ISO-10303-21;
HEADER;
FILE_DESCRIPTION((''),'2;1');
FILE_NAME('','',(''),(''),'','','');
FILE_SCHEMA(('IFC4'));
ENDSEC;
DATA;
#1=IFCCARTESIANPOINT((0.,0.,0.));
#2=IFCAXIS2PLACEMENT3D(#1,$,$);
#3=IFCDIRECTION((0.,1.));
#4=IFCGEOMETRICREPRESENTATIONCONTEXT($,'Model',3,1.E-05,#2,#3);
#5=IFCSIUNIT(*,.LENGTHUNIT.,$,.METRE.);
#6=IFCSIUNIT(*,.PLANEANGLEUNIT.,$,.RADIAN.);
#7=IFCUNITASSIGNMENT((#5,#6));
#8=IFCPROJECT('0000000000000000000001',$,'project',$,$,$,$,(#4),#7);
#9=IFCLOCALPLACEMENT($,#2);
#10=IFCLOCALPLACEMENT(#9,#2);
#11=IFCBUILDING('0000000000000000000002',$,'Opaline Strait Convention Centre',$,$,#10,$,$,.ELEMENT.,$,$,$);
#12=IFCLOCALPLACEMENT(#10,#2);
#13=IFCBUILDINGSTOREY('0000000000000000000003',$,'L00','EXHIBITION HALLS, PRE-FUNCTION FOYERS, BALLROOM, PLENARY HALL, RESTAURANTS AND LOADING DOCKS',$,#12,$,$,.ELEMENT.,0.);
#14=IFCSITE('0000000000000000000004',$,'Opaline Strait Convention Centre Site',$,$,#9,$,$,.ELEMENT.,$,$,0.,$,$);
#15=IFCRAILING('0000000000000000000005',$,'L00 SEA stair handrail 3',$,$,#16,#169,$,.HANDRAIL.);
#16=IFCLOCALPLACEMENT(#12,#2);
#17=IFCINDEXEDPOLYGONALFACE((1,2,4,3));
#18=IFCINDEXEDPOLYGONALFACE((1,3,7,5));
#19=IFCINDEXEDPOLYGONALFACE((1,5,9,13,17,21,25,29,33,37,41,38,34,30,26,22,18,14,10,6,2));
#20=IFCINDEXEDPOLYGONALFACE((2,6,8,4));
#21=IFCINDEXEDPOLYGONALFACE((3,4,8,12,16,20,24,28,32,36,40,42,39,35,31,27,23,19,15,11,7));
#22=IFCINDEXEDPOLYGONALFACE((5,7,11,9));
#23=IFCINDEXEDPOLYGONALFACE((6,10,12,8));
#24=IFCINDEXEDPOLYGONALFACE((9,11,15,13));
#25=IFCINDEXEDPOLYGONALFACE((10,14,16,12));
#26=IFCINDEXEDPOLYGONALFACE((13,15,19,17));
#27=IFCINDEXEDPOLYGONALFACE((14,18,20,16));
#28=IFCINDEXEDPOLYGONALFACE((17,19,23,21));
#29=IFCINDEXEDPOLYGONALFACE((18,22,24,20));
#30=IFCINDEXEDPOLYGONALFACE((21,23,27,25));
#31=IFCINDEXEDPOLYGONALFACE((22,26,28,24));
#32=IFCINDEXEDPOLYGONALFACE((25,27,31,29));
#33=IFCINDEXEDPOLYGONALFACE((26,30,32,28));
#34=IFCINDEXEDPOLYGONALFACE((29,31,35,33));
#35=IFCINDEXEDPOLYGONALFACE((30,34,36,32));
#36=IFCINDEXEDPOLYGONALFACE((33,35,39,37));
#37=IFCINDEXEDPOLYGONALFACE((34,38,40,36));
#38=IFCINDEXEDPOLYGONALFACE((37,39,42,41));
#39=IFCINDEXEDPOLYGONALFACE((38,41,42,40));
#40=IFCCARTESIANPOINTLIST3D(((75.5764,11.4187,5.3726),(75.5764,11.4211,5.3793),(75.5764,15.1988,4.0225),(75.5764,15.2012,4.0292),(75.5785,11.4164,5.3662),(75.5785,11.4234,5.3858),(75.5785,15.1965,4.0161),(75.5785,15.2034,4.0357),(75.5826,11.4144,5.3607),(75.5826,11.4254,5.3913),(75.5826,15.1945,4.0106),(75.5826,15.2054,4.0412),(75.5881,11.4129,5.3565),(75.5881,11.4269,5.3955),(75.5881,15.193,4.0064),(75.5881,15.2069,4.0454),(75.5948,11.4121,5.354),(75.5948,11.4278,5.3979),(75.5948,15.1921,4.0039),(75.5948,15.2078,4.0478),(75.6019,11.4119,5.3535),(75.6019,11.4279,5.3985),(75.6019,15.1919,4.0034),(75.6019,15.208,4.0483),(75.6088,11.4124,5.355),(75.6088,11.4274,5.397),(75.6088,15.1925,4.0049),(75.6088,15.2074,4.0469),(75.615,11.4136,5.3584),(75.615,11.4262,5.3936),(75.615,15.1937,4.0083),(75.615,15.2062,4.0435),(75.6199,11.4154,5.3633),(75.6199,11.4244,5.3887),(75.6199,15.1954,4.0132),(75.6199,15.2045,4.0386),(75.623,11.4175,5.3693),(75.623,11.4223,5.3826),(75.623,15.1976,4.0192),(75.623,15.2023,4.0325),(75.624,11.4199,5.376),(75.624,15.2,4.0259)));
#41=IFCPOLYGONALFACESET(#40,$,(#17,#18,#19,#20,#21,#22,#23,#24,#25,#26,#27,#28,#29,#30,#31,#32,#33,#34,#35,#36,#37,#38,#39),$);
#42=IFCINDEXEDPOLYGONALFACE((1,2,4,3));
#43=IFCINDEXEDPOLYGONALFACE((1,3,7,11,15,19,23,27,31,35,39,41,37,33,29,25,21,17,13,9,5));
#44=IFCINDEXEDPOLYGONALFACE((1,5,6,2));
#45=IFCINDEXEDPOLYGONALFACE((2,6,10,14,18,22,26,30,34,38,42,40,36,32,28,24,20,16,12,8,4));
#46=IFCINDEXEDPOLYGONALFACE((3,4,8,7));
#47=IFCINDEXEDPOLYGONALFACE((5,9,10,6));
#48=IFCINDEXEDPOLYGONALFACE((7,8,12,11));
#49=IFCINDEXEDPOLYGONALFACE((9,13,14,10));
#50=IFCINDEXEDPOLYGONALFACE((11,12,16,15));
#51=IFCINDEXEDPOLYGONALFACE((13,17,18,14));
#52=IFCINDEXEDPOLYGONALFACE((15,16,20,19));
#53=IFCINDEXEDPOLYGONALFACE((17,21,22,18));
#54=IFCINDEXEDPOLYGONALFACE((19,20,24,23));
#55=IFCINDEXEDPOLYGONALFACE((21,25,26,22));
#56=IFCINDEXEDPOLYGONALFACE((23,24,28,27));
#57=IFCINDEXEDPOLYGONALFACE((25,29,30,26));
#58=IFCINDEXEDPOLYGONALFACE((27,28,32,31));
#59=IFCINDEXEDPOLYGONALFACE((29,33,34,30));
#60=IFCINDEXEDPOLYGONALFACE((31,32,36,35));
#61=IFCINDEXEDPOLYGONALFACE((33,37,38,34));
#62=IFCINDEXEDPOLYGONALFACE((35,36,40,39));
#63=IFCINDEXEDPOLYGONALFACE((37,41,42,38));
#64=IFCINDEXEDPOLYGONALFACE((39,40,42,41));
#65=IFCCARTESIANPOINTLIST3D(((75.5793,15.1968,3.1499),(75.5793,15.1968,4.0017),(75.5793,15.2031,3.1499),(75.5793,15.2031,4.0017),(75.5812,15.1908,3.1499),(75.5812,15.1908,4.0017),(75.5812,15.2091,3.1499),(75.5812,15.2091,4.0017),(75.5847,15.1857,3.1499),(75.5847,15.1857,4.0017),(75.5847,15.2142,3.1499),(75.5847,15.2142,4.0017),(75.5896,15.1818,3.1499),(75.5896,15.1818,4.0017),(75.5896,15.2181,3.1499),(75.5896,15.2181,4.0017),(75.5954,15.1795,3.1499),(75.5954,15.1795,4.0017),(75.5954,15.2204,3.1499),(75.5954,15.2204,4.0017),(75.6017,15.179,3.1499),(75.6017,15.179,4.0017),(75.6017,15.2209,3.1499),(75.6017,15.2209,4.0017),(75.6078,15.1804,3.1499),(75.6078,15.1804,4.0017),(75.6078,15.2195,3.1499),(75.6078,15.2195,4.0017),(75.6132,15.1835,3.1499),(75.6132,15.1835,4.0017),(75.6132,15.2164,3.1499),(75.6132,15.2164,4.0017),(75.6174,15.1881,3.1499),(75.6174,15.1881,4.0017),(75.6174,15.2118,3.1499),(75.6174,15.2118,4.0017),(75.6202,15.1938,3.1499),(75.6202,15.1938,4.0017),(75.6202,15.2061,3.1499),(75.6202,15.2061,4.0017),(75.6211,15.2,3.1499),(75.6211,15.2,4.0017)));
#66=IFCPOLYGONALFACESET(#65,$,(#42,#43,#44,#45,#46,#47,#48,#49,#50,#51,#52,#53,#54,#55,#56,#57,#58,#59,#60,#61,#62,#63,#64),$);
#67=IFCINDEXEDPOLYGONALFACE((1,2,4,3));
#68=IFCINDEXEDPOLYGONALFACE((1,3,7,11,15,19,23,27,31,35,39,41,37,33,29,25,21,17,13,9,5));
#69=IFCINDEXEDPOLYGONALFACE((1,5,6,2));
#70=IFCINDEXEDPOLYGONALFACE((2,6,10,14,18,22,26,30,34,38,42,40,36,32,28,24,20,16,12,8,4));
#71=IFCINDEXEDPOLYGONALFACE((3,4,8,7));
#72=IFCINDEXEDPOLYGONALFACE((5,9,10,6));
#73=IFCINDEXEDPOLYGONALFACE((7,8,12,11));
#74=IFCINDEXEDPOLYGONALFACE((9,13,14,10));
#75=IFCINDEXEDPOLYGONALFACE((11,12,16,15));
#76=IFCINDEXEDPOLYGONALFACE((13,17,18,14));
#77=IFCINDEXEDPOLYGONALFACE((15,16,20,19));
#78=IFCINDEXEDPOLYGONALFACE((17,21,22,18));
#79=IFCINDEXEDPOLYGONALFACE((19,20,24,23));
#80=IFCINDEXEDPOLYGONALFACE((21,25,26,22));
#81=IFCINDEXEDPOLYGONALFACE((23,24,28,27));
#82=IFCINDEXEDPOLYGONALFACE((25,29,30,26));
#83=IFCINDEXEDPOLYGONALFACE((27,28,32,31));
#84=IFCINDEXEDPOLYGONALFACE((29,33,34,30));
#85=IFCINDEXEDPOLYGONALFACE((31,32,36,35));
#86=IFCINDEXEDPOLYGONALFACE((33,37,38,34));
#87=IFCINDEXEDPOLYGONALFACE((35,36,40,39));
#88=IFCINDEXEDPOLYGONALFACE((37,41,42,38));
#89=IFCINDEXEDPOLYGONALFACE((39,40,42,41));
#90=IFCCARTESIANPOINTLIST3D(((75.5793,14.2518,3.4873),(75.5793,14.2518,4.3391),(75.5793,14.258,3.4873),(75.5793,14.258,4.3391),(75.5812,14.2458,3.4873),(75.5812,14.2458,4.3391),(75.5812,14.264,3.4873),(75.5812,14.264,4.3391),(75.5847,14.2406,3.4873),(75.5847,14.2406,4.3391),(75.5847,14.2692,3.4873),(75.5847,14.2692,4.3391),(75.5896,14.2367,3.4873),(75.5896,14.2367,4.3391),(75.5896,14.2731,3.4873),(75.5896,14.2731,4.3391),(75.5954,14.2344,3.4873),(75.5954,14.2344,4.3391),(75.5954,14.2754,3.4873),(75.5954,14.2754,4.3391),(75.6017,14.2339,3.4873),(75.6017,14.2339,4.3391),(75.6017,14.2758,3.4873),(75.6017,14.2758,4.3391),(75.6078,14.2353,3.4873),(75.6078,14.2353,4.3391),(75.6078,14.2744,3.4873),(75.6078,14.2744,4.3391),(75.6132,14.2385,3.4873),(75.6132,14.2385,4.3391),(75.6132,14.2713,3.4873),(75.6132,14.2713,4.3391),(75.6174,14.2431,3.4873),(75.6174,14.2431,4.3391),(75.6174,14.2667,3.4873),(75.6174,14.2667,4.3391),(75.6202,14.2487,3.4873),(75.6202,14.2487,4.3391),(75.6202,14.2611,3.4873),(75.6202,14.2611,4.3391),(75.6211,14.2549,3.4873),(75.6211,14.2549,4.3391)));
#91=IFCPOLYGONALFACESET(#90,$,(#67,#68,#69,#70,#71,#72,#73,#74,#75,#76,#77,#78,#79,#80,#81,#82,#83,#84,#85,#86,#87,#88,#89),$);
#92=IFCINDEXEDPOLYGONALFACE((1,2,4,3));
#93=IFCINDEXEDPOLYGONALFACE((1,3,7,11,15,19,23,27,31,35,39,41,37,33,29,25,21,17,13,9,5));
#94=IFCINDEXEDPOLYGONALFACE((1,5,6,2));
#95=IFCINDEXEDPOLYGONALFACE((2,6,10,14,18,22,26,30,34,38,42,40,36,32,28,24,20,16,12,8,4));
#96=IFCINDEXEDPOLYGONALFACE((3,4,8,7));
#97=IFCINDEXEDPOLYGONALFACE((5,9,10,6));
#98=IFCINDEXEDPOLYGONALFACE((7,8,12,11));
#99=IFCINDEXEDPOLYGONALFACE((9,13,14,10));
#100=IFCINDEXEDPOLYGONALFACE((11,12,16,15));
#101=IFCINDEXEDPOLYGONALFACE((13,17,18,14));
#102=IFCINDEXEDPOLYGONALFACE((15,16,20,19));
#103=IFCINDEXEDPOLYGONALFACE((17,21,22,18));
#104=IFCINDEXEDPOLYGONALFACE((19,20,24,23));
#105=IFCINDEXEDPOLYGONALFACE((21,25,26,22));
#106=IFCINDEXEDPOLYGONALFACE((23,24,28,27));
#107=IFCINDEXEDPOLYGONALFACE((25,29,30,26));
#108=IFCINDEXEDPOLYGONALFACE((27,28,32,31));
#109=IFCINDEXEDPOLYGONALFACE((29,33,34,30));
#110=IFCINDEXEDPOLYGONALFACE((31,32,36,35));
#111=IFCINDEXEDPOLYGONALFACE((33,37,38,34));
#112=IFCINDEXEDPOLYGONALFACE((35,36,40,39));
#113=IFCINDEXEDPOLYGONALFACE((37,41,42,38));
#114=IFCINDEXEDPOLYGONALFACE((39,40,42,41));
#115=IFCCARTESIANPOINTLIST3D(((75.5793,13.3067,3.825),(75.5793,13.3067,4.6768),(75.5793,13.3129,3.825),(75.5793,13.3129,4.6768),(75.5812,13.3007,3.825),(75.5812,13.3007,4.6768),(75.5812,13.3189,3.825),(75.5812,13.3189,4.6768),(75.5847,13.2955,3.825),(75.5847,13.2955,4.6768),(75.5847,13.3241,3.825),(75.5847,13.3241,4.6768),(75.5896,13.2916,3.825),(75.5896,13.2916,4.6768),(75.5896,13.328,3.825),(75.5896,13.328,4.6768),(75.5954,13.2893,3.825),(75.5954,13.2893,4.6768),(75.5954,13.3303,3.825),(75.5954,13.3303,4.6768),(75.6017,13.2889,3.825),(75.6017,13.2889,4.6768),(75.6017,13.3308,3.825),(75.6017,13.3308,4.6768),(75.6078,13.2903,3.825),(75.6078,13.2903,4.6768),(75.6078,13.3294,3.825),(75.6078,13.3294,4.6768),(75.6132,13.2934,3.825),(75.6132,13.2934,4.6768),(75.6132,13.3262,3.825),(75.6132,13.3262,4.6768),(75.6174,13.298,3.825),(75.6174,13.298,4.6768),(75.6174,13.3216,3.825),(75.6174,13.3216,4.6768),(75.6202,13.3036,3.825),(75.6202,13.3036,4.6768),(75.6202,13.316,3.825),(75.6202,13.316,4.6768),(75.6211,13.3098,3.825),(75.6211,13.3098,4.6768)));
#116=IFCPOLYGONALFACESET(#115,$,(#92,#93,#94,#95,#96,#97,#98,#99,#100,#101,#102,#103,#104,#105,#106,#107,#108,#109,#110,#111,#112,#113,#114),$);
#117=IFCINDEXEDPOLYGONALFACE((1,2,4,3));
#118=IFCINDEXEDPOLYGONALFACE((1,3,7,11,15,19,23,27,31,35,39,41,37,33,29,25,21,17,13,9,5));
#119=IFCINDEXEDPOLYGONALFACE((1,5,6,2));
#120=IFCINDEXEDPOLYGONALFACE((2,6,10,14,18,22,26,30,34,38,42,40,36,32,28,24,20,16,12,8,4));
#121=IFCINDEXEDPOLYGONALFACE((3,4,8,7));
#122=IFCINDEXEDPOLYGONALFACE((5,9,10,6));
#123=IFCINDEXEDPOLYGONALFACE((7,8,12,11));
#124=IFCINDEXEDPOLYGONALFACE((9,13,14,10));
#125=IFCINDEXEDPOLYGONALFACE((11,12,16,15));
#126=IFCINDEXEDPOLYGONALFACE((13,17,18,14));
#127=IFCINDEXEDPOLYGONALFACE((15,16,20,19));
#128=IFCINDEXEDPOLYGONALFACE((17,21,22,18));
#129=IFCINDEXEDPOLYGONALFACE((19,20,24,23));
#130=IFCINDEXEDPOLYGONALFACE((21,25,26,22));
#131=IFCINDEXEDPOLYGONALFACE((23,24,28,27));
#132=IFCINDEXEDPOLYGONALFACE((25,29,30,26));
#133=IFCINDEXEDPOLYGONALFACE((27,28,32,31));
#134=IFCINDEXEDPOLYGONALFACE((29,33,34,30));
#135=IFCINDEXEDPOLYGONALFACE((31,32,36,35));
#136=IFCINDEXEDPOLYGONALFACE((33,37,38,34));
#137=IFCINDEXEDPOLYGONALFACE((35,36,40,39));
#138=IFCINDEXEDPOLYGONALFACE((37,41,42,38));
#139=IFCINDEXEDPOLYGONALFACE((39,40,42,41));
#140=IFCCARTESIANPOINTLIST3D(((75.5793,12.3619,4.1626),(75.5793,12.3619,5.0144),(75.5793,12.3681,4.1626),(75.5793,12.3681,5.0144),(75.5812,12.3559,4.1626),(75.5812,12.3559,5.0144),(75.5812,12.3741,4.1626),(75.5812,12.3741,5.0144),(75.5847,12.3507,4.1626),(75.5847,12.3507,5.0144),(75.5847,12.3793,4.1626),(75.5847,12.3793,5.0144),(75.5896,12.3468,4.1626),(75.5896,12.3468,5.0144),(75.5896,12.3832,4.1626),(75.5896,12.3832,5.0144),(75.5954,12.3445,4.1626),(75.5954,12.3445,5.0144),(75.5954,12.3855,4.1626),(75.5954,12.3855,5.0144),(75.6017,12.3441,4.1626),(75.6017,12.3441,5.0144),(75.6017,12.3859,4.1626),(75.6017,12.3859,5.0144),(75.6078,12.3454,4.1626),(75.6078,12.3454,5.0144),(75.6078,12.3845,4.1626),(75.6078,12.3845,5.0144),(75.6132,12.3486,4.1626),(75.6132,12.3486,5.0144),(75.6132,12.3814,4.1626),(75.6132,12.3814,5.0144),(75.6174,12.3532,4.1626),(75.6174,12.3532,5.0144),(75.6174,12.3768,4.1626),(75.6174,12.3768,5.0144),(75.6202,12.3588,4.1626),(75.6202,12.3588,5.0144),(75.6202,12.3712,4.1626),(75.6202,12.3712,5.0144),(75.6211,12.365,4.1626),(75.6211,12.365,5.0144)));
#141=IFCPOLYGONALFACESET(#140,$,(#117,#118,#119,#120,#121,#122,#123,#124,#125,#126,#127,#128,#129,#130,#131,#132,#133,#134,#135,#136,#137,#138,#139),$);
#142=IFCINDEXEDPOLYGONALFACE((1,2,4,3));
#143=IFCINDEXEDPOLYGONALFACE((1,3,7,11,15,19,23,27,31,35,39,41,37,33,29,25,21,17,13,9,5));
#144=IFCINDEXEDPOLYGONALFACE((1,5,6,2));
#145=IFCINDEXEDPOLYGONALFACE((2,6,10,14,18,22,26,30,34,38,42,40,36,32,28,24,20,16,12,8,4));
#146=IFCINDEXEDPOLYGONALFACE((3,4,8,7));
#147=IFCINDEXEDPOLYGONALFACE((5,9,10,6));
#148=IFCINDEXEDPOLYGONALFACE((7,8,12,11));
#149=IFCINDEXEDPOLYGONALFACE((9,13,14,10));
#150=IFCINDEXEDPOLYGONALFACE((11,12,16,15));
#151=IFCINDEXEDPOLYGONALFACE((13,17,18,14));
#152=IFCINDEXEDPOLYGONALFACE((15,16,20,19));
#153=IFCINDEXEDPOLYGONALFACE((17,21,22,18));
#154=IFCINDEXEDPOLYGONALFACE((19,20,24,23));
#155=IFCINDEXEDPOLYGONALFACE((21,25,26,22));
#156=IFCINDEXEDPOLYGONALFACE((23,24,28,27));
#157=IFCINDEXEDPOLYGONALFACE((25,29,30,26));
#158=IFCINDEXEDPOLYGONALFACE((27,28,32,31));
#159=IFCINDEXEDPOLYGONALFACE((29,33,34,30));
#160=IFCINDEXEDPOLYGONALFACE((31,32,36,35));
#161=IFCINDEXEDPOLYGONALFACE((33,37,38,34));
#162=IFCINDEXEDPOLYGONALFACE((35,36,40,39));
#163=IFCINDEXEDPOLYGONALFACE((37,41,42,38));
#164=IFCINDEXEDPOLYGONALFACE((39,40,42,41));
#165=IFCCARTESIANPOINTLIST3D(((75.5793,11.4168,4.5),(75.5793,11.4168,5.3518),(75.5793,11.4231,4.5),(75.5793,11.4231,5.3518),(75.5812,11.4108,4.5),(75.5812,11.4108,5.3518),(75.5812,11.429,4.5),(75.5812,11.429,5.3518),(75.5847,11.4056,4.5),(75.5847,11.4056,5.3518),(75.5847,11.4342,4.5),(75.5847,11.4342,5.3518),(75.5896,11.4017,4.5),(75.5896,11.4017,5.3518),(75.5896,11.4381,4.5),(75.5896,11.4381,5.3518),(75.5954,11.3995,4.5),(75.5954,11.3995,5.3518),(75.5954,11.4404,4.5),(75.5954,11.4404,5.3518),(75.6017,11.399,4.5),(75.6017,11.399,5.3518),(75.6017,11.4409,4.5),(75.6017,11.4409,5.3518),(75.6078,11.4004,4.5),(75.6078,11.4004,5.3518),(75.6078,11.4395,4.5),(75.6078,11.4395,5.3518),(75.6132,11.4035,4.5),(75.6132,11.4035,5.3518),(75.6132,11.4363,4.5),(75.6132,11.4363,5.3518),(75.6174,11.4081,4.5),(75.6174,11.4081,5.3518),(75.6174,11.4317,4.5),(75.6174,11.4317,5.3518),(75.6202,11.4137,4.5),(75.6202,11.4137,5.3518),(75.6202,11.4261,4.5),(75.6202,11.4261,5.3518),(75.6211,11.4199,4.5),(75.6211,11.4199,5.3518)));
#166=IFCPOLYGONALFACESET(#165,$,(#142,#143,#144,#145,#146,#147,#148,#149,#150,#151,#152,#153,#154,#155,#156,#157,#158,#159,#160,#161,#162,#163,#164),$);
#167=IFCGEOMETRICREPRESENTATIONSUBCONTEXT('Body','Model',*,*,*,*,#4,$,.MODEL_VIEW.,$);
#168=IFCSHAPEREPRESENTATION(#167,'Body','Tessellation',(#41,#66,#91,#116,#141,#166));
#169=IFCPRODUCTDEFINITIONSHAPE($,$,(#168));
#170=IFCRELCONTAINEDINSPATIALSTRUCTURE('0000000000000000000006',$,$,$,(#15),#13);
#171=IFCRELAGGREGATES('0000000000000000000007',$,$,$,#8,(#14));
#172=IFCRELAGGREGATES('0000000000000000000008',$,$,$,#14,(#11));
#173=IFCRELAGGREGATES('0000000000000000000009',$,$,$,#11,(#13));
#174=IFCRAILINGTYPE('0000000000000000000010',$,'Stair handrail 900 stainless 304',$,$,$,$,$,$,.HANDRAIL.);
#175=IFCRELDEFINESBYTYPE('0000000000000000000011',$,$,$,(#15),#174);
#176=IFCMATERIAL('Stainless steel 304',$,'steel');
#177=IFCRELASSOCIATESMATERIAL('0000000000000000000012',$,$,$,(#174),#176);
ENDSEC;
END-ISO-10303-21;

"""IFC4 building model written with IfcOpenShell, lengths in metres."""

from ifc_helpers import new_model, si_unit, direction, frame, origin, origin_2d, place, context, subcontext, project, spatial, circle, extrude, material, type_object, element, save


model = new_model("IFC4")

# Units and contexts
model_context = context("Model", 3, precision=1e-05, world=origin(), true_north=direction((0.0, 1.0)))
body_context = subcontext(model_context, "Body", "Model", "MODEL_VIEW")
ifc_project = project(units=[si_unit("LENGTHUNIT", "METRE"), si_unit("PLANEANGLEUNIT", "RADIAN")], contexts=[model_context])

# Site, building, storey
site_placement = place(None, origin())
site = spatial("IfcSite", under=ifc_project, at=site_placement, Name="Opaline Strait Convention Centre Site", CompositionType="ELEMENT", RefElevation=0.0)
building_placement = place(site_placement, origin())
building = spatial("IfcBuilding", under=site, at=building_placement, Name="Opaline Strait Convention Centre", CompositionType="ELEMENT")
storey_placement = place(building_placement, origin())
storey = spatial("IfcBuildingStorey", under=building, at=storey_placement, Name="L00", Description="EXHIBITION HALLS, PRE-FUNCTION FOYERS, BALLROOM, PLENARY HALL, RESTAURANTS AND LOADING DOCKS", CompositionType="ELEMENT", Elevation=0.0)

# Railing
ifc_material_1 = material(Name="Stainless steel 304", Category="steel")
railing_type_1 = type_object("IfcRailingType", Name="Stair handrail 900 stainless 304", PredefinedType="HANDRAIL", material=ifc_material_1)
railing_1_placement = place(storey_placement, frame((75.6001, 15.2, 3.1499)))
element("IfcRailing", 1, at=railing_1_placement, inside=storey, type_object=railing_type_1, Name="L00 SEA stair handrail 3", PredefinedType="HANDRAIL", context=body_context, shape_type="SweptSolid", body=[
    extrude(circle(Radius=0.0239, at=origin_2d()), frame((0.0, 0.0, 0.876), z_axis=(0.0, -0.941735, 0.336356), x_axis=(1.0, 0.0, 0.0)), (0.0, 0.0, 1.0), 4.0139),
    extrude(circle(Radius=0.021, at=origin_2d()), origin(), (0.0, 0.0, 1.0), 0.8518),
    extrude(circle(Radius=0.021, at=origin_2d()), frame((0.0, -0.9451, 0.3374)), (0.0, 0.0, 1.0), 0.8518),
    extrude(circle(Radius=0.021, at=origin_2d()), frame((0.0, -1.8901, 0.675)), (0.0, 0.0, 1.0), 0.8518),
    extrude(circle(Radius=0.021, at=origin_2d()), frame((0.0, -2.835, 1.0127)), (0.0, 0.0, 1.0), 0.8518),
    extrude(circle(Radius=0.021, at=origin_2d()), frame((0.0, -3.78, 1.3501)), (0.0, 0.0, 1.0), 0.8518),
])

save(model, "model.ifc")
